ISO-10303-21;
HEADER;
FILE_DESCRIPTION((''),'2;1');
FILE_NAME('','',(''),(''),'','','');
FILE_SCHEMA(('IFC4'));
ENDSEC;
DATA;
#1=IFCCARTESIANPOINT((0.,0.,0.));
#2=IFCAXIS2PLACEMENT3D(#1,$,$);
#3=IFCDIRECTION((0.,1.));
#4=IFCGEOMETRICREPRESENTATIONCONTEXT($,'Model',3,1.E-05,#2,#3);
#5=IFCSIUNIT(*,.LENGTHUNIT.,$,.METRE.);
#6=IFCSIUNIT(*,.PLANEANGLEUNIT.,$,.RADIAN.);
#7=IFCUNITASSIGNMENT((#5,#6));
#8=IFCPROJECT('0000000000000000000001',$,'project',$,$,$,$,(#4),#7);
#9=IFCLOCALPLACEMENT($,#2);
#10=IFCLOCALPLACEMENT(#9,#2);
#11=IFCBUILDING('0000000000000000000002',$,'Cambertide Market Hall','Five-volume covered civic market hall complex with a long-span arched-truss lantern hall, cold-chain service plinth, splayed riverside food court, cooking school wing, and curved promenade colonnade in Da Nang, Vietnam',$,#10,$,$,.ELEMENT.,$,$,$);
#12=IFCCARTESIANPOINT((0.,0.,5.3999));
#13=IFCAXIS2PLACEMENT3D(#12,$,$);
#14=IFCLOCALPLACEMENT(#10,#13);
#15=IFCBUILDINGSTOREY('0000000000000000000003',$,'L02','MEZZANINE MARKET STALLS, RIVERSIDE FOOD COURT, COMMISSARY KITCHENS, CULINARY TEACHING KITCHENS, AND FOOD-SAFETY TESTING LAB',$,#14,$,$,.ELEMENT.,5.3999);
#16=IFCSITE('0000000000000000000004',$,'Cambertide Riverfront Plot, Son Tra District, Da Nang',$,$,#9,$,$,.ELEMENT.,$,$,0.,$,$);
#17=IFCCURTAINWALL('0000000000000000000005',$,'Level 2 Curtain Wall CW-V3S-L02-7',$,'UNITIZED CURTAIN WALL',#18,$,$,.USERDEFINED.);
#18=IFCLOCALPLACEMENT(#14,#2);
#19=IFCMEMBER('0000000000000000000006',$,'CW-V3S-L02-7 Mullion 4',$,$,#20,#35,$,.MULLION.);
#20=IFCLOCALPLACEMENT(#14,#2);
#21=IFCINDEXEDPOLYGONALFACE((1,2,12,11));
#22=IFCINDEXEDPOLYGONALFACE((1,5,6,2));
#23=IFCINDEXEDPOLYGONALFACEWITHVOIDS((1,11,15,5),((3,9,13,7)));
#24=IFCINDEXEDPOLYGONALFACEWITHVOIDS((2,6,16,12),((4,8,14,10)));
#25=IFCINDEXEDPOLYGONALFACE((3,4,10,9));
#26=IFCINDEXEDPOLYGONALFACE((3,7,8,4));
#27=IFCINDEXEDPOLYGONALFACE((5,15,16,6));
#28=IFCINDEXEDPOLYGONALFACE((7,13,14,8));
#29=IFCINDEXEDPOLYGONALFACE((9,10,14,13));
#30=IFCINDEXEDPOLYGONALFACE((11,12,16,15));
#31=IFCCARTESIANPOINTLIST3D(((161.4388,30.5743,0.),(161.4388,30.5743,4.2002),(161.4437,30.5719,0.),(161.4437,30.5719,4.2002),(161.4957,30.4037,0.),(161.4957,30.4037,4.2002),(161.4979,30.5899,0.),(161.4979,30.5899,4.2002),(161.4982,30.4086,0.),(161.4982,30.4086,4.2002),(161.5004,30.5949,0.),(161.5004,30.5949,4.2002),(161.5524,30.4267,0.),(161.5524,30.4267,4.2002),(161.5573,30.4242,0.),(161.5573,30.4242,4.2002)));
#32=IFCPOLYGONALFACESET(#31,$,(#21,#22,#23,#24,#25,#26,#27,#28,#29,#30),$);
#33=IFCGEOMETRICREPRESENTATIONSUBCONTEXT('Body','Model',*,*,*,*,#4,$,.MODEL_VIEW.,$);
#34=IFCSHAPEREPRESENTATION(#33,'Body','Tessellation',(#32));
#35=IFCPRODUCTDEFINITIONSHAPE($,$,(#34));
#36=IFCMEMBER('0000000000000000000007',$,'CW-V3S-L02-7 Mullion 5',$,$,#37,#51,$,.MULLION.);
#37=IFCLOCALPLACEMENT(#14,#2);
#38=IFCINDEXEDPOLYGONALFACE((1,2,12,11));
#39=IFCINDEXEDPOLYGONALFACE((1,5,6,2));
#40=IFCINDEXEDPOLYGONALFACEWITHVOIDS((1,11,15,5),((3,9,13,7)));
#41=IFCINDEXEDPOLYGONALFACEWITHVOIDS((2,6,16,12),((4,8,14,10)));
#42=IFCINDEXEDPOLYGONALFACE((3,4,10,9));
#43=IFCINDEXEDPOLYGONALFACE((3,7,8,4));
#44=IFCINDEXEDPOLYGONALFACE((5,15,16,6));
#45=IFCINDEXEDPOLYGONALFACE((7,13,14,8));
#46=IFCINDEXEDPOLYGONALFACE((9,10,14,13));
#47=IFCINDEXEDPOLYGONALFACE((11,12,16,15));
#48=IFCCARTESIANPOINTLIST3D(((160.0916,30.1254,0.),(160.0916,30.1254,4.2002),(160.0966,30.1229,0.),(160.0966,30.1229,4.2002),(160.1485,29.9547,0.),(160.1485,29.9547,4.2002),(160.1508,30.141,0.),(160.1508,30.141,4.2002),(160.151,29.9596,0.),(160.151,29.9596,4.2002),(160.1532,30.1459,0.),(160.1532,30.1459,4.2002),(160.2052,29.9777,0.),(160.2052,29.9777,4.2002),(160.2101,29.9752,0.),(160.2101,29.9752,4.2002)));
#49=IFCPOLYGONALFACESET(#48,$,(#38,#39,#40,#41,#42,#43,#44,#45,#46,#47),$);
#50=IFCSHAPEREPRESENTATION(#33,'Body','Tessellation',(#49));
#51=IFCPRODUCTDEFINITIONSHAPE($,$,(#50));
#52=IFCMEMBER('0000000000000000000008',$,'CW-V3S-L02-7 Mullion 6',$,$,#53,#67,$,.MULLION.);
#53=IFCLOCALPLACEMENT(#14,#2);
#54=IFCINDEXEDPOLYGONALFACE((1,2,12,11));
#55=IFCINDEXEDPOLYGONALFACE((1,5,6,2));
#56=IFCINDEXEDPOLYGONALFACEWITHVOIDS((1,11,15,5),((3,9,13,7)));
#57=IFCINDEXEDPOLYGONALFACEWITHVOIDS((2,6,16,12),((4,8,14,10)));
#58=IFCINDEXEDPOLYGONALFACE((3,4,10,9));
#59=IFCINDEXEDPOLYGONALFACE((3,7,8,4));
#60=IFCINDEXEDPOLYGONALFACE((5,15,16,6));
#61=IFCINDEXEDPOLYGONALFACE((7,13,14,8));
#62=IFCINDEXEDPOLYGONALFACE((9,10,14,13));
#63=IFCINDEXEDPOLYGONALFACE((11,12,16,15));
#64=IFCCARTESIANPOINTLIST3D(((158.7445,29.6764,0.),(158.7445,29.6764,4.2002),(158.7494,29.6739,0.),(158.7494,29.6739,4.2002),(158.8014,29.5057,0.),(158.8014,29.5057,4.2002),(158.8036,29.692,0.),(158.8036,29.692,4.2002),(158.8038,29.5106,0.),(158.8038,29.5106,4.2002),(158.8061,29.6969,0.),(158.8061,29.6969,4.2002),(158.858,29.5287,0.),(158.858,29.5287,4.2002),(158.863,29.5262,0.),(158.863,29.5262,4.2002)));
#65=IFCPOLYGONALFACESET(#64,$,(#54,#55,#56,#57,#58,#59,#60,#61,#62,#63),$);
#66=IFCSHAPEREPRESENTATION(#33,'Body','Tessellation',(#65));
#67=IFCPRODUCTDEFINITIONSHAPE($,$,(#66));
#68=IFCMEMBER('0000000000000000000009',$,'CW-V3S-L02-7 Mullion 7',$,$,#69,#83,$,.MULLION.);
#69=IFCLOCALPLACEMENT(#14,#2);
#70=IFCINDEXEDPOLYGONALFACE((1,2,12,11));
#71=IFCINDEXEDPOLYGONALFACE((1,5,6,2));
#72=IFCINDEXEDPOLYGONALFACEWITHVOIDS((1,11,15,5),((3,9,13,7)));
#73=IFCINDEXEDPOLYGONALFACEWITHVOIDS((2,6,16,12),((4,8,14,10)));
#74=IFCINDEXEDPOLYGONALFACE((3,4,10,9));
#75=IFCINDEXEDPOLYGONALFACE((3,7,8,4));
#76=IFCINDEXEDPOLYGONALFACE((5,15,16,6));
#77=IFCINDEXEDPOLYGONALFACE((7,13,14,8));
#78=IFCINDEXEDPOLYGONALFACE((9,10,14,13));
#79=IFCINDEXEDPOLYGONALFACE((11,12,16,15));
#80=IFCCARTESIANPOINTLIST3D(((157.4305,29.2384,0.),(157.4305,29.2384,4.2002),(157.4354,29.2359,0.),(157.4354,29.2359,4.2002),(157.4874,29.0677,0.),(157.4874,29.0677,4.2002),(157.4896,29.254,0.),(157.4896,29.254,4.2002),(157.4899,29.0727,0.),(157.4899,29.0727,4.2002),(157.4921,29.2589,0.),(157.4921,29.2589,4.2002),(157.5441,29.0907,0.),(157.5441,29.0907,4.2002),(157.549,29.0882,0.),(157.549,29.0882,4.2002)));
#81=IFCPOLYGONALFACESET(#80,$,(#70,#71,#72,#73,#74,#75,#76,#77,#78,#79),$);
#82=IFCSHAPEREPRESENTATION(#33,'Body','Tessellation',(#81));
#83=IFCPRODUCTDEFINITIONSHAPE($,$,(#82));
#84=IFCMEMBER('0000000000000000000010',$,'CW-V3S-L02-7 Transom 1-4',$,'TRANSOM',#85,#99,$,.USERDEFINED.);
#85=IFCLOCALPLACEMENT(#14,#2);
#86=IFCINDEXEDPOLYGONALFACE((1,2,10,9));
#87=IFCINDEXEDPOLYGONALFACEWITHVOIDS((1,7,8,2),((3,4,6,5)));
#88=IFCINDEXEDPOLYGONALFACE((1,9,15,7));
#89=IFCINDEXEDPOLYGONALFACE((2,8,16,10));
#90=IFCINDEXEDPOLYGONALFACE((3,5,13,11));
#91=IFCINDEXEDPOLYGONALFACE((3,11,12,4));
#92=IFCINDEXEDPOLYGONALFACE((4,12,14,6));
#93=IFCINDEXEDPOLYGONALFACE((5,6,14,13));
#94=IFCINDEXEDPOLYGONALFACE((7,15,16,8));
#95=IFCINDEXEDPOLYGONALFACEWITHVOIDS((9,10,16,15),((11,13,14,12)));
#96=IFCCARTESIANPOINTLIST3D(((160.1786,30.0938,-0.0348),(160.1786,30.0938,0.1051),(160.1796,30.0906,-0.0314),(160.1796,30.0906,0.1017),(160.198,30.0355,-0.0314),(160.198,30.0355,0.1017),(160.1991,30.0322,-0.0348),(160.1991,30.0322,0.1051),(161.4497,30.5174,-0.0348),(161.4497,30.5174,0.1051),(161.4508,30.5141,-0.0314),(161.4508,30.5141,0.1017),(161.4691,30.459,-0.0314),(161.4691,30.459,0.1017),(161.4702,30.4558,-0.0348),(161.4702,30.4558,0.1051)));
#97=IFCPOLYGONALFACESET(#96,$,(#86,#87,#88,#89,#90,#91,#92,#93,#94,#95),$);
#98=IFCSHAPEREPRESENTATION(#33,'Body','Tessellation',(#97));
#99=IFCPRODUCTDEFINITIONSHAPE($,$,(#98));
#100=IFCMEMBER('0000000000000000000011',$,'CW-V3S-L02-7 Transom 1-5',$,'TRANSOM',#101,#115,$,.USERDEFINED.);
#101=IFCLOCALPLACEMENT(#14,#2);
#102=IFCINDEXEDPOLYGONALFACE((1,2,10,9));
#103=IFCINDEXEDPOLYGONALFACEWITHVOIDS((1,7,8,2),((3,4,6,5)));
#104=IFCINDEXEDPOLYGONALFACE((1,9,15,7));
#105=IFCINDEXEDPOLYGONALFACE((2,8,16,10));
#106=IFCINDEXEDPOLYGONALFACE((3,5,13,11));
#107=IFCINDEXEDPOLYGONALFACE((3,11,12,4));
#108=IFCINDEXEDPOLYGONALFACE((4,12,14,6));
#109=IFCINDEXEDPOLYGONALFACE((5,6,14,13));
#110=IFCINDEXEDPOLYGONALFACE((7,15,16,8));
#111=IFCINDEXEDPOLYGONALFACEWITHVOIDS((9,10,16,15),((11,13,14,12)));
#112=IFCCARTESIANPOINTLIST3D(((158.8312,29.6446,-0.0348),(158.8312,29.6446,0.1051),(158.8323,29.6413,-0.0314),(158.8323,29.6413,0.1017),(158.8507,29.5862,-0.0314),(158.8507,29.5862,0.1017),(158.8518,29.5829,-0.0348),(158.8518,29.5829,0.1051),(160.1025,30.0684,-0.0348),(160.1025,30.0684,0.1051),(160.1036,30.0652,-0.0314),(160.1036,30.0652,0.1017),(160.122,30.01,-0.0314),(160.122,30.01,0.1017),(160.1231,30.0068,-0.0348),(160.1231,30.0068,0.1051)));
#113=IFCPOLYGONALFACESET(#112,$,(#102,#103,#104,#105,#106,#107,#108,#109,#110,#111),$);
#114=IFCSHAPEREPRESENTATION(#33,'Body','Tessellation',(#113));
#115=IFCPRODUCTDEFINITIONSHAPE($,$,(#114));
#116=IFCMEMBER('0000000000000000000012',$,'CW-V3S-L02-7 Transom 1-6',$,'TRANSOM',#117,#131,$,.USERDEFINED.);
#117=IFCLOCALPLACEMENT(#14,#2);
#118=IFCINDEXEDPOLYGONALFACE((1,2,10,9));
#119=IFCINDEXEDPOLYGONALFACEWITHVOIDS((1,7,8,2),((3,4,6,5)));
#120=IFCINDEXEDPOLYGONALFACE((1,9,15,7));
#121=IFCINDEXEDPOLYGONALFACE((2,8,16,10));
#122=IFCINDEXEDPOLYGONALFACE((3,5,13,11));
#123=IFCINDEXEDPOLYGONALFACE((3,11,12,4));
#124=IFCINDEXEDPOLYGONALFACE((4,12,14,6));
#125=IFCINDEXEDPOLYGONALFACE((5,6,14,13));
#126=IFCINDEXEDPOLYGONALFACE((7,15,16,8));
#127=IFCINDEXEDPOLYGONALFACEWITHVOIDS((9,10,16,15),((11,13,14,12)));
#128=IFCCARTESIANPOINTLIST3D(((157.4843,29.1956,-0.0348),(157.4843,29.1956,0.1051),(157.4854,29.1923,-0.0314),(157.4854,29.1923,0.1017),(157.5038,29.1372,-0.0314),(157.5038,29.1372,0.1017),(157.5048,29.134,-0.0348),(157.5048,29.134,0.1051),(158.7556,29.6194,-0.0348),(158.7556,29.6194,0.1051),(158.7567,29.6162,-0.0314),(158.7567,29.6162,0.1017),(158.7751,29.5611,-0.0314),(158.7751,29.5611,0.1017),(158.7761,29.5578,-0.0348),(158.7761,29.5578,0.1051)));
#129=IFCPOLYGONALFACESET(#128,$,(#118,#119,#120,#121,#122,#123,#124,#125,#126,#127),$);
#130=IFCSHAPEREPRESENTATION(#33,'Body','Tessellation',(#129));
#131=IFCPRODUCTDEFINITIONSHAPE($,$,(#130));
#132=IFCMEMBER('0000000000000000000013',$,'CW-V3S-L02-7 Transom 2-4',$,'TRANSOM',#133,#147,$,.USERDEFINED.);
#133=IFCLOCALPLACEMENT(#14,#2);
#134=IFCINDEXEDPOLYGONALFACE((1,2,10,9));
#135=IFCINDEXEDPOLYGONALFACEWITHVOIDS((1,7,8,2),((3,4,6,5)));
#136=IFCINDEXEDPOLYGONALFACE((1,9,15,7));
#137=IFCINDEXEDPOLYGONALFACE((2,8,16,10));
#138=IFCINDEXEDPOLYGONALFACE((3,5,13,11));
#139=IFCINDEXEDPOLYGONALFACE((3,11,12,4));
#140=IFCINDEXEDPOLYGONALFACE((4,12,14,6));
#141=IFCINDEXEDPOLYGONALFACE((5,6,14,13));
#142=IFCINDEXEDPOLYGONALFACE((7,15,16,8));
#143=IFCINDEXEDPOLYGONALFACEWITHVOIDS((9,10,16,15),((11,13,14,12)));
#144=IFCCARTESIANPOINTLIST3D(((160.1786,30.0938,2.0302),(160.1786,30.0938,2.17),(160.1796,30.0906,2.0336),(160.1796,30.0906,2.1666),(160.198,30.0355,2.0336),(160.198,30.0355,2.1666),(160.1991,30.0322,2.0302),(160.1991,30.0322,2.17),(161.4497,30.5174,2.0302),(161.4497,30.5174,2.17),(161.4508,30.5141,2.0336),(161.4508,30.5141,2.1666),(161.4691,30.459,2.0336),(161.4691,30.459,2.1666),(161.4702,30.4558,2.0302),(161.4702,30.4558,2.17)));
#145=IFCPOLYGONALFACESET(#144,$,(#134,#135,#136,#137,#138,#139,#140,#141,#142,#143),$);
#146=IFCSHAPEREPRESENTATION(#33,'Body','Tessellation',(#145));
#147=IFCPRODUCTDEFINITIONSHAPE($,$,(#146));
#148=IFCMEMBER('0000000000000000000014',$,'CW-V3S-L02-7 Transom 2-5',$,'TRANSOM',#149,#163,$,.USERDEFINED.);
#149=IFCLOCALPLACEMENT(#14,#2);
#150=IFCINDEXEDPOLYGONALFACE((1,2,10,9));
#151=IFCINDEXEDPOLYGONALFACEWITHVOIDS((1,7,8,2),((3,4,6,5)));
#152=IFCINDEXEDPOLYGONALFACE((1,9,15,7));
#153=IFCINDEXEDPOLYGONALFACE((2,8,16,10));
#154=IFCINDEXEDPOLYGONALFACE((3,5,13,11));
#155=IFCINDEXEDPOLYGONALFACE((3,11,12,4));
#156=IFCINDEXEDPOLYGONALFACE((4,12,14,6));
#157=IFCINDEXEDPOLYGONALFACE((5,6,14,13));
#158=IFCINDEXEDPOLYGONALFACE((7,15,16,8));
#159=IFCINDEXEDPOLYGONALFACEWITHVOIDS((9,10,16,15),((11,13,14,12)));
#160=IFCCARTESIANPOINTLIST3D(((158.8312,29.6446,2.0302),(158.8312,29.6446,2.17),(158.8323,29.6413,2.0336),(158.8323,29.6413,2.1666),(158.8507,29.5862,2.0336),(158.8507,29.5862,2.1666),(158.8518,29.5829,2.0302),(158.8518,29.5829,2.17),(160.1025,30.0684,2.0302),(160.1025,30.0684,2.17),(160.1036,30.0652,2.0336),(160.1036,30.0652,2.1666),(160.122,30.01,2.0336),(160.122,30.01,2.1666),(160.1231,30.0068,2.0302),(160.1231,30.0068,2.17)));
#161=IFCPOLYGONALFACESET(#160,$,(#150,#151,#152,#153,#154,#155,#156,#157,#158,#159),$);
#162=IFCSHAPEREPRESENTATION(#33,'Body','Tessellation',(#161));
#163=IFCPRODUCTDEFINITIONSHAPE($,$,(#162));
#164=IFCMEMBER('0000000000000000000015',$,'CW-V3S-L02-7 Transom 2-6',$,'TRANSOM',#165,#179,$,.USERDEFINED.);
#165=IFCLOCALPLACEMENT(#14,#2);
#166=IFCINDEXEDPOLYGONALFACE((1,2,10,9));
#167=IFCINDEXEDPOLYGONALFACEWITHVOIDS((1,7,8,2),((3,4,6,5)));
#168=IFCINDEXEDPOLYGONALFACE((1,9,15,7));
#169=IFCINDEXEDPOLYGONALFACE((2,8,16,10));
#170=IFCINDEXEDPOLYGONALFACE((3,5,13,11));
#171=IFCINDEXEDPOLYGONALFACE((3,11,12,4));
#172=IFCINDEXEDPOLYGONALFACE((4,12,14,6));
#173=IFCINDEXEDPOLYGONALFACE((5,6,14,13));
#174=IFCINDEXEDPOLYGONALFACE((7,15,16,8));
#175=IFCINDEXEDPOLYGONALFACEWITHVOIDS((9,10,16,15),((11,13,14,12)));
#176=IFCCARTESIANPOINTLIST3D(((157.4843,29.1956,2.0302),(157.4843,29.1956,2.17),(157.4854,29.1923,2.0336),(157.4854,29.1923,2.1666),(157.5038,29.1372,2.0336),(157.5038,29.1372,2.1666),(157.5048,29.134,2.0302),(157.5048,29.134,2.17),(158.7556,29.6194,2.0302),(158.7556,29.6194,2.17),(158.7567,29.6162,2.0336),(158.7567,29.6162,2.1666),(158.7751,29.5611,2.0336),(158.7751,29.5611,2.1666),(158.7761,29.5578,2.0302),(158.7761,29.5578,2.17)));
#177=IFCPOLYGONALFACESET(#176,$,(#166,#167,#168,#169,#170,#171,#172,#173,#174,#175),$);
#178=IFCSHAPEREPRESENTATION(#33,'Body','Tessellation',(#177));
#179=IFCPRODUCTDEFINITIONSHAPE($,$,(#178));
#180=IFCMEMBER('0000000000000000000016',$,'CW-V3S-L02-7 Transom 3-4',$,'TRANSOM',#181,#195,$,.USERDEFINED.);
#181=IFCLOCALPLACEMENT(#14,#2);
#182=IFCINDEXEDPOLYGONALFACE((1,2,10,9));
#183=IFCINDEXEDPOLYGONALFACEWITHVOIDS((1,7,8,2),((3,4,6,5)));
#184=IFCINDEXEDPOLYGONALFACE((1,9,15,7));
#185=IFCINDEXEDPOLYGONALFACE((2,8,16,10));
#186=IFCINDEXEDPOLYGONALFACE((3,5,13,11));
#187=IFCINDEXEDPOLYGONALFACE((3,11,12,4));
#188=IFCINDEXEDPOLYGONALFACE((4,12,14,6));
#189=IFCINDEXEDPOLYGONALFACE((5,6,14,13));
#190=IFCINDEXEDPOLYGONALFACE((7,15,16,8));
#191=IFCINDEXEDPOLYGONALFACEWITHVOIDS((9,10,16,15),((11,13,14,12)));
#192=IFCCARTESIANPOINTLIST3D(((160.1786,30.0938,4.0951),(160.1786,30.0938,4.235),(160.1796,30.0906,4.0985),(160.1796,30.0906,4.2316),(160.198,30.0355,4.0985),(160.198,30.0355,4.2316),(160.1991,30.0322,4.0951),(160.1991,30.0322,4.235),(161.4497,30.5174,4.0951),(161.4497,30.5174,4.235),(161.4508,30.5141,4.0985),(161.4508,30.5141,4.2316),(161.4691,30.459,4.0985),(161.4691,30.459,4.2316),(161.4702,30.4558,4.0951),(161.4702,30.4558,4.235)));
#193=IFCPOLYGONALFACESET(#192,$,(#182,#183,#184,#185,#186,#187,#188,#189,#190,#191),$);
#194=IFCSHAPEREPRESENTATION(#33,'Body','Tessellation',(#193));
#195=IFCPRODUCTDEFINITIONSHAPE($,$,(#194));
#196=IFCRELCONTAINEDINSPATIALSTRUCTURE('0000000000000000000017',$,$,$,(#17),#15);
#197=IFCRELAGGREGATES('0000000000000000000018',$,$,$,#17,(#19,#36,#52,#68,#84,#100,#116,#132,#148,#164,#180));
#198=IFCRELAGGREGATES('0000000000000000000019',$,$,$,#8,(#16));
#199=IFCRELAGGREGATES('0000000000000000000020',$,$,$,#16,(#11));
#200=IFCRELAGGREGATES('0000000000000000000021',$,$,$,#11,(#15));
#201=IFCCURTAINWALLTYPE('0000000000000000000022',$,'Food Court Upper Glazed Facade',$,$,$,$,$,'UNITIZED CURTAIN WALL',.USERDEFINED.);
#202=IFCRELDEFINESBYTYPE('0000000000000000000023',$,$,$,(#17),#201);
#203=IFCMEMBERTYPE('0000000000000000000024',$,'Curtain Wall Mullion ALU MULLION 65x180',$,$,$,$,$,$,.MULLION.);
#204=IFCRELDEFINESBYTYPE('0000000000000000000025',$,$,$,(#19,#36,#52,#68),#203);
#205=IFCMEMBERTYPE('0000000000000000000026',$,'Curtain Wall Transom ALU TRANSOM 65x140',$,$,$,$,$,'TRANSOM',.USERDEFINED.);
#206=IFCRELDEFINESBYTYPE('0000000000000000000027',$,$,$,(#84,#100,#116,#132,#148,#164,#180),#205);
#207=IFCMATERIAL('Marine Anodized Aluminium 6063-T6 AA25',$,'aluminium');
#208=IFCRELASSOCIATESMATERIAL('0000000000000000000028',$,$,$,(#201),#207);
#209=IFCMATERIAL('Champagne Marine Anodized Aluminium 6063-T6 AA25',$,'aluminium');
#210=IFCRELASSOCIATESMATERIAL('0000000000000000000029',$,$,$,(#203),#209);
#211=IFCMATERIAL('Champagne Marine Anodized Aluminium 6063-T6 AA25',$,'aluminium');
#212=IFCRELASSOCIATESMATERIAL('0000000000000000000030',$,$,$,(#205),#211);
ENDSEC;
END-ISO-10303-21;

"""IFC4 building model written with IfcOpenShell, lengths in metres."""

from ifc_helpers import new_model, si_unit, direction, frame, origin, origin_2d, place, context, subcontext, project, spatial, hollow_rectangle, extrude, material, material_profile, profile_set, type_object, element, aggregate, save


model = new_model("IFC4")

# Units and contexts
model_context = context("Model", 3, precision=1e-05, world=origin(), true_north=direction((0.0, 1.0)))
body_context = subcontext(model_context, "Body", "Model", "MODEL_VIEW")
ifc_project = project(units=[si_unit("LENGTHUNIT", "METRE"), si_unit("PLANEANGLEUNIT", "RADIAN")], contexts=[model_context])

# Site, building, storey
site_placement = place(None, origin())
site = spatial("IfcSite", under=ifc_project, at=site_placement, Name="Cambertide Riverfront Plot, Son Tra District, Da Nang", CompositionType="ELEMENT", RefElevation=0.0)
building_placement = place(site_placement, origin())
building = spatial("IfcBuilding", under=site, at=building_placement, Name="Cambertide Market Hall", Description="Five-volume covered civic market hall complex with a long-span arched-truss lantern hall, cold-chain service plinth, splayed riverside food court, cooking school wing, and curved promenade colonnade in Da Nang, Vietnam", CompositionType="ELEMENT")
storey_placement = place(building_placement, frame((0.0, 0.0, 5.3999)))
storey = spatial("IfcBuildingStorey", under=building, at=storey_placement, Name="L02", Description="MEZZANINE MARKET STALLS, RIVERSIDE FOOD COURT, COMMISSARY KITCHENS, CULINARY TEACHING KITCHENS, AND FOOD-SAFETY TESTING LAB", CompositionType="ELEMENT", Elevation=5.3999)

# Curtain wall, members
ifc_material_1 = material(Name="Marine Anodized Aluminium 6063-T6 AA25", Category="aluminium")
curtain_wall_type = type_object("IfcCurtainWallType", Name="Food Court Upper Glazed Facade", ElementType="UNITIZED CURTAIN WALL", PredefinedType="USERDEFINED", material=ifc_material_1)
curtain_wall_placement = place(storey_placement, origin())
curtain_wall = element("IfcCurtainWall", 1, at=curtain_wall_placement, inside=storey, type_object=curtain_wall_type, Name="Level 2 Curtain Wall CW-V3S-L02-7", ObjectType="UNITIZED CURTAIN WALL", PredefinedType="USERDEFINED")
ifc_material_2 = material(Name="Champagne Marine Anodized Aluminium 6063-T6 AA25", Category="aluminium")
ifc_material_profile_1 = material_profile(ifc_material_2, hollow_rectangle(XDim=0.0649, YDim=0.1799, WallThickness=0.0039, at=origin_2d()), Name="ALU MULLION 65x180")
ifc_profile_set_1 = profile_set([ifc_material_profile_1], Name="Champagne Marine Anodized Aluminium 6063-T6 AA25")
member_type_1 = type_object("IfcMemberType", Name="Curtain Wall Mullion ALU MULLION 65x180", PredefinedType="MULLION", material=ifc_profile_set_1)
member_1_placement = place(storey_placement, frame((161.498, 30.4993, 0.0), z_axis=(0.0, 0.0, 1.0), x_axis=(-0.948683, -0.316228, 0.0)))
member_1 = element("IfcMember", 2, at=member_1_placement, type_object=member_type_1, Name="CW-V3S-L02-7 Mullion 4", PredefinedType="MULLION", context=body_context, shape_type="SweptSolid", body=[
    extrude(hollow_rectangle(XDim=0.0649, YDim=0.1799, WallThickness=0.0039, at=origin_2d()), origin(), (0.0, 0.0, 1.0), 4.2002),
])
member_2_placement = place(storey_placement, frame((160.1509, 30.0503, 0.0), z_axis=(0.0, 0.0, 1.0), x_axis=(-0.948683, -0.316228, 0.0)))
member_2 = element("IfcMember", 3, at=member_2_placement, type_object=member_type_1, Name="CW-V3S-L02-7 Mullion 5", PredefinedType="MULLION", context=body_context, shape_type="SweptSolid", body=[
    extrude(hollow_rectangle(XDim=0.0649, YDim=0.1799, WallThickness=0.0039, at=origin_2d()), origin(), (0.0, 0.0, 1.0), 4.2002),
])
member_3_placement = place(storey_placement, frame((158.8037, 29.6013, 0.0), z_axis=(0.0, 0.0, 1.0), x_axis=(-0.948683, -0.316228, 0.0)))
member_3 = element("IfcMember", 4, at=member_3_placement, type_object=member_type_1, Name="CW-V3S-L02-7 Mullion 6", PredefinedType="MULLION", context=body_context, shape_type="SweptSolid", body=[
    extrude(hollow_rectangle(XDim=0.0649, YDim=0.1799, WallThickness=0.0039, at=origin_2d()), origin(), (0.0, 0.0, 1.0), 4.2002),
])
member_4_placement = place(storey_placement, frame((157.4897, 29.1633, 0.0), z_axis=(0.0, 0.0, 1.0), x_axis=(-0.948683, -0.316228, 0.0)))
member_4 = element("IfcMember", 5, at=member_4_placement, type_object=member_type_1, Name="CW-V3S-L02-7 Mullion 7", PredefinedType="MULLION", context=body_context, shape_type="SweptSolid", body=[
    extrude(hollow_rectangle(XDim=0.0649, YDim=0.1799, WallThickness=0.0039, at=origin_2d()), origin(), (0.0, 0.0, 1.0), 4.2002),
])
ifc_material_3 = material(Name="Champagne Marine Anodized Aluminium 6063-T6 AA25", Category="aluminium")
ifc_material_profile_2 = material_profile(ifc_material_3, hollow_rectangle(XDim=0.0649, YDim=0.1399, WallThickness=0.0034, at=origin_2d()), Name="ALU TRANSOM 65x140")
ifc_profile_set_2 = profile_set([ifc_material_profile_2], Name="Champagne Marine Anodized Aluminium 6063-T6 AA25")
member_type_2 = type_object("IfcMemberType", Name="Curtain Wall Transom ALU TRANSOM 65x140", ElementType="TRANSOM", PredefinedType="USERDEFINED", material=ifc_profile_set_2)
member_5_placement = place(storey_placement, frame((161.46, 30.4866, 0.0352), z_axis=(-0.94872, -0.316118, 0.0), x_axis=(0.316118, -0.94872, 0.0)))
member_5 = element("IfcMember", 6, at=member_5_placement, type_object=member_type_2, Name="CW-V3S-L02-7 Transom 1-4", ObjectType="TRANSOM", PredefinedType="USERDEFINED", context=body_context, shape_type="SweptSolid", body=[
    extrude(hollow_rectangle(XDim=0.0649, YDim=0.1399, WallThickness=0.0034, at=origin_2d()), origin(), (0.0, 0.0, 1.0), 1.3398),
])
member_6_placement = place(storey_placement, frame((160.1128, 30.0376, 0.0352), z_axis=(-0.948665, -0.316282, 0.0), x_axis=(0.316282, -0.948665, 0.0)))
member_6 = element("IfcMember", 7, at=member_6_placement, type_object=member_type_2, Name="CW-V3S-L02-7 Transom 1-5", ObjectType="TRANSOM", PredefinedType="USERDEFINED", context=body_context, shape_type="SweptSolid", body=[
    extrude(hollow_rectangle(XDim=0.0649, YDim=0.1399, WallThickness=0.0034, at=origin_2d()), origin(), (0.0, 0.0, 1.0), 1.3401),
])
member_7_placement = place(storey_placement, frame((158.7659, 29.5886, 0.0352), z_axis=(-0.948665, -0.316282, 0.0), x_axis=(0.316282, -0.948665, 0.0)))
member_7 = element("IfcMember", 8, at=member_7_placement, type_object=member_type_2, Name="CW-V3S-L02-7 Transom 1-6", ObjectType="TRANSOM", PredefinedType="USERDEFINED", context=body_context, shape_type="SweptSolid", body=[
    extrude(hollow_rectangle(XDim=0.0649, YDim=0.1399, WallThickness=0.0034, at=origin_2d()), origin(), (0.0, 0.0, 1.0), 1.3401),
])
member_8_placement = place(storey_placement, frame((161.46, 30.4866, 2.1001), z_axis=(-0.94872, -0.316118, 0.0), x_axis=(0.316118, -0.94872, 0.0)))
member_8 = element("IfcMember", 9, at=member_8_placement, type_object=member_type_2, Name="CW-V3S-L02-7 Transom 2-4", ObjectType="TRANSOM", PredefinedType="USERDEFINED", context=body_context, shape_type="SweptSolid", body=[
    extrude(hollow_rectangle(XDim=0.0649, YDim=0.1399, WallThickness=0.0034, at=origin_2d()), origin(), (0.0, 0.0, 1.0), 1.3398),
])
member_9_placement = place(storey_placement, frame((160.1128, 30.0376, 2.1001), z_axis=(-0.948665, -0.316282, 0.0), x_axis=(0.316282, -0.948665, 0.0)))
member_9 = element("IfcMember", 10, at=member_9_placement, type_object=member_type_2, Name="CW-V3S-L02-7 Transom 2-5", ObjectType="TRANSOM", PredefinedType="USERDEFINED", context=body_context, shape_type="SweptSolid", body=[
    extrude(hollow_rectangle(XDim=0.0649, YDim=0.1399, WallThickness=0.0034, at=origin_2d()), origin(), (0.0, 0.0, 1.0), 1.3401),
])
member_10_placement = place(storey_placement, frame((158.7659, 29.5886, 2.1001), z_axis=(-0.948665, -0.316282, 0.0), x_axis=(0.316282, -0.948665, 0.0)))
member_10 = element("IfcMember", 11, at=member_10_placement, type_object=member_type_2, Name="CW-V3S-L02-7 Transom 2-6", ObjectType="TRANSOM", PredefinedType="USERDEFINED", context=body_context, shape_type="SweptSolid", body=[
    extrude(hollow_rectangle(XDim=0.0649, YDim=0.1399, WallThickness=0.0034, at=origin_2d()), origin(), (0.0, 0.0, 1.0), 1.3401),
])
member_11_placement = place(storey_placement, frame((161.46, 30.4866, 4.165), z_axis=(-0.94872, -0.316118, 0.0), x_axis=(0.316118, -0.94872, 0.0)))
member_11 = element("IfcMember", 12, at=member_11_placement, type_object=member_type_2, Name="CW-V3S-L02-7 Transom 3-4", ObjectType="TRANSOM", PredefinedType="USERDEFINED", context=body_context, shape_type="SweptSolid", body=[
    extrude(hollow_rectangle(XDim=0.0649, YDim=0.1399, WallThickness=0.0034, at=origin_2d()), origin(), (0.0, 0.0, 1.0), 1.3398),
])

aggregate(curtain_wall, [member_1, member_2, member_3, member_4, member_5, member_6, member_7, member_8, member_9, member_10, member_11])

save(model, "model.ifc")
